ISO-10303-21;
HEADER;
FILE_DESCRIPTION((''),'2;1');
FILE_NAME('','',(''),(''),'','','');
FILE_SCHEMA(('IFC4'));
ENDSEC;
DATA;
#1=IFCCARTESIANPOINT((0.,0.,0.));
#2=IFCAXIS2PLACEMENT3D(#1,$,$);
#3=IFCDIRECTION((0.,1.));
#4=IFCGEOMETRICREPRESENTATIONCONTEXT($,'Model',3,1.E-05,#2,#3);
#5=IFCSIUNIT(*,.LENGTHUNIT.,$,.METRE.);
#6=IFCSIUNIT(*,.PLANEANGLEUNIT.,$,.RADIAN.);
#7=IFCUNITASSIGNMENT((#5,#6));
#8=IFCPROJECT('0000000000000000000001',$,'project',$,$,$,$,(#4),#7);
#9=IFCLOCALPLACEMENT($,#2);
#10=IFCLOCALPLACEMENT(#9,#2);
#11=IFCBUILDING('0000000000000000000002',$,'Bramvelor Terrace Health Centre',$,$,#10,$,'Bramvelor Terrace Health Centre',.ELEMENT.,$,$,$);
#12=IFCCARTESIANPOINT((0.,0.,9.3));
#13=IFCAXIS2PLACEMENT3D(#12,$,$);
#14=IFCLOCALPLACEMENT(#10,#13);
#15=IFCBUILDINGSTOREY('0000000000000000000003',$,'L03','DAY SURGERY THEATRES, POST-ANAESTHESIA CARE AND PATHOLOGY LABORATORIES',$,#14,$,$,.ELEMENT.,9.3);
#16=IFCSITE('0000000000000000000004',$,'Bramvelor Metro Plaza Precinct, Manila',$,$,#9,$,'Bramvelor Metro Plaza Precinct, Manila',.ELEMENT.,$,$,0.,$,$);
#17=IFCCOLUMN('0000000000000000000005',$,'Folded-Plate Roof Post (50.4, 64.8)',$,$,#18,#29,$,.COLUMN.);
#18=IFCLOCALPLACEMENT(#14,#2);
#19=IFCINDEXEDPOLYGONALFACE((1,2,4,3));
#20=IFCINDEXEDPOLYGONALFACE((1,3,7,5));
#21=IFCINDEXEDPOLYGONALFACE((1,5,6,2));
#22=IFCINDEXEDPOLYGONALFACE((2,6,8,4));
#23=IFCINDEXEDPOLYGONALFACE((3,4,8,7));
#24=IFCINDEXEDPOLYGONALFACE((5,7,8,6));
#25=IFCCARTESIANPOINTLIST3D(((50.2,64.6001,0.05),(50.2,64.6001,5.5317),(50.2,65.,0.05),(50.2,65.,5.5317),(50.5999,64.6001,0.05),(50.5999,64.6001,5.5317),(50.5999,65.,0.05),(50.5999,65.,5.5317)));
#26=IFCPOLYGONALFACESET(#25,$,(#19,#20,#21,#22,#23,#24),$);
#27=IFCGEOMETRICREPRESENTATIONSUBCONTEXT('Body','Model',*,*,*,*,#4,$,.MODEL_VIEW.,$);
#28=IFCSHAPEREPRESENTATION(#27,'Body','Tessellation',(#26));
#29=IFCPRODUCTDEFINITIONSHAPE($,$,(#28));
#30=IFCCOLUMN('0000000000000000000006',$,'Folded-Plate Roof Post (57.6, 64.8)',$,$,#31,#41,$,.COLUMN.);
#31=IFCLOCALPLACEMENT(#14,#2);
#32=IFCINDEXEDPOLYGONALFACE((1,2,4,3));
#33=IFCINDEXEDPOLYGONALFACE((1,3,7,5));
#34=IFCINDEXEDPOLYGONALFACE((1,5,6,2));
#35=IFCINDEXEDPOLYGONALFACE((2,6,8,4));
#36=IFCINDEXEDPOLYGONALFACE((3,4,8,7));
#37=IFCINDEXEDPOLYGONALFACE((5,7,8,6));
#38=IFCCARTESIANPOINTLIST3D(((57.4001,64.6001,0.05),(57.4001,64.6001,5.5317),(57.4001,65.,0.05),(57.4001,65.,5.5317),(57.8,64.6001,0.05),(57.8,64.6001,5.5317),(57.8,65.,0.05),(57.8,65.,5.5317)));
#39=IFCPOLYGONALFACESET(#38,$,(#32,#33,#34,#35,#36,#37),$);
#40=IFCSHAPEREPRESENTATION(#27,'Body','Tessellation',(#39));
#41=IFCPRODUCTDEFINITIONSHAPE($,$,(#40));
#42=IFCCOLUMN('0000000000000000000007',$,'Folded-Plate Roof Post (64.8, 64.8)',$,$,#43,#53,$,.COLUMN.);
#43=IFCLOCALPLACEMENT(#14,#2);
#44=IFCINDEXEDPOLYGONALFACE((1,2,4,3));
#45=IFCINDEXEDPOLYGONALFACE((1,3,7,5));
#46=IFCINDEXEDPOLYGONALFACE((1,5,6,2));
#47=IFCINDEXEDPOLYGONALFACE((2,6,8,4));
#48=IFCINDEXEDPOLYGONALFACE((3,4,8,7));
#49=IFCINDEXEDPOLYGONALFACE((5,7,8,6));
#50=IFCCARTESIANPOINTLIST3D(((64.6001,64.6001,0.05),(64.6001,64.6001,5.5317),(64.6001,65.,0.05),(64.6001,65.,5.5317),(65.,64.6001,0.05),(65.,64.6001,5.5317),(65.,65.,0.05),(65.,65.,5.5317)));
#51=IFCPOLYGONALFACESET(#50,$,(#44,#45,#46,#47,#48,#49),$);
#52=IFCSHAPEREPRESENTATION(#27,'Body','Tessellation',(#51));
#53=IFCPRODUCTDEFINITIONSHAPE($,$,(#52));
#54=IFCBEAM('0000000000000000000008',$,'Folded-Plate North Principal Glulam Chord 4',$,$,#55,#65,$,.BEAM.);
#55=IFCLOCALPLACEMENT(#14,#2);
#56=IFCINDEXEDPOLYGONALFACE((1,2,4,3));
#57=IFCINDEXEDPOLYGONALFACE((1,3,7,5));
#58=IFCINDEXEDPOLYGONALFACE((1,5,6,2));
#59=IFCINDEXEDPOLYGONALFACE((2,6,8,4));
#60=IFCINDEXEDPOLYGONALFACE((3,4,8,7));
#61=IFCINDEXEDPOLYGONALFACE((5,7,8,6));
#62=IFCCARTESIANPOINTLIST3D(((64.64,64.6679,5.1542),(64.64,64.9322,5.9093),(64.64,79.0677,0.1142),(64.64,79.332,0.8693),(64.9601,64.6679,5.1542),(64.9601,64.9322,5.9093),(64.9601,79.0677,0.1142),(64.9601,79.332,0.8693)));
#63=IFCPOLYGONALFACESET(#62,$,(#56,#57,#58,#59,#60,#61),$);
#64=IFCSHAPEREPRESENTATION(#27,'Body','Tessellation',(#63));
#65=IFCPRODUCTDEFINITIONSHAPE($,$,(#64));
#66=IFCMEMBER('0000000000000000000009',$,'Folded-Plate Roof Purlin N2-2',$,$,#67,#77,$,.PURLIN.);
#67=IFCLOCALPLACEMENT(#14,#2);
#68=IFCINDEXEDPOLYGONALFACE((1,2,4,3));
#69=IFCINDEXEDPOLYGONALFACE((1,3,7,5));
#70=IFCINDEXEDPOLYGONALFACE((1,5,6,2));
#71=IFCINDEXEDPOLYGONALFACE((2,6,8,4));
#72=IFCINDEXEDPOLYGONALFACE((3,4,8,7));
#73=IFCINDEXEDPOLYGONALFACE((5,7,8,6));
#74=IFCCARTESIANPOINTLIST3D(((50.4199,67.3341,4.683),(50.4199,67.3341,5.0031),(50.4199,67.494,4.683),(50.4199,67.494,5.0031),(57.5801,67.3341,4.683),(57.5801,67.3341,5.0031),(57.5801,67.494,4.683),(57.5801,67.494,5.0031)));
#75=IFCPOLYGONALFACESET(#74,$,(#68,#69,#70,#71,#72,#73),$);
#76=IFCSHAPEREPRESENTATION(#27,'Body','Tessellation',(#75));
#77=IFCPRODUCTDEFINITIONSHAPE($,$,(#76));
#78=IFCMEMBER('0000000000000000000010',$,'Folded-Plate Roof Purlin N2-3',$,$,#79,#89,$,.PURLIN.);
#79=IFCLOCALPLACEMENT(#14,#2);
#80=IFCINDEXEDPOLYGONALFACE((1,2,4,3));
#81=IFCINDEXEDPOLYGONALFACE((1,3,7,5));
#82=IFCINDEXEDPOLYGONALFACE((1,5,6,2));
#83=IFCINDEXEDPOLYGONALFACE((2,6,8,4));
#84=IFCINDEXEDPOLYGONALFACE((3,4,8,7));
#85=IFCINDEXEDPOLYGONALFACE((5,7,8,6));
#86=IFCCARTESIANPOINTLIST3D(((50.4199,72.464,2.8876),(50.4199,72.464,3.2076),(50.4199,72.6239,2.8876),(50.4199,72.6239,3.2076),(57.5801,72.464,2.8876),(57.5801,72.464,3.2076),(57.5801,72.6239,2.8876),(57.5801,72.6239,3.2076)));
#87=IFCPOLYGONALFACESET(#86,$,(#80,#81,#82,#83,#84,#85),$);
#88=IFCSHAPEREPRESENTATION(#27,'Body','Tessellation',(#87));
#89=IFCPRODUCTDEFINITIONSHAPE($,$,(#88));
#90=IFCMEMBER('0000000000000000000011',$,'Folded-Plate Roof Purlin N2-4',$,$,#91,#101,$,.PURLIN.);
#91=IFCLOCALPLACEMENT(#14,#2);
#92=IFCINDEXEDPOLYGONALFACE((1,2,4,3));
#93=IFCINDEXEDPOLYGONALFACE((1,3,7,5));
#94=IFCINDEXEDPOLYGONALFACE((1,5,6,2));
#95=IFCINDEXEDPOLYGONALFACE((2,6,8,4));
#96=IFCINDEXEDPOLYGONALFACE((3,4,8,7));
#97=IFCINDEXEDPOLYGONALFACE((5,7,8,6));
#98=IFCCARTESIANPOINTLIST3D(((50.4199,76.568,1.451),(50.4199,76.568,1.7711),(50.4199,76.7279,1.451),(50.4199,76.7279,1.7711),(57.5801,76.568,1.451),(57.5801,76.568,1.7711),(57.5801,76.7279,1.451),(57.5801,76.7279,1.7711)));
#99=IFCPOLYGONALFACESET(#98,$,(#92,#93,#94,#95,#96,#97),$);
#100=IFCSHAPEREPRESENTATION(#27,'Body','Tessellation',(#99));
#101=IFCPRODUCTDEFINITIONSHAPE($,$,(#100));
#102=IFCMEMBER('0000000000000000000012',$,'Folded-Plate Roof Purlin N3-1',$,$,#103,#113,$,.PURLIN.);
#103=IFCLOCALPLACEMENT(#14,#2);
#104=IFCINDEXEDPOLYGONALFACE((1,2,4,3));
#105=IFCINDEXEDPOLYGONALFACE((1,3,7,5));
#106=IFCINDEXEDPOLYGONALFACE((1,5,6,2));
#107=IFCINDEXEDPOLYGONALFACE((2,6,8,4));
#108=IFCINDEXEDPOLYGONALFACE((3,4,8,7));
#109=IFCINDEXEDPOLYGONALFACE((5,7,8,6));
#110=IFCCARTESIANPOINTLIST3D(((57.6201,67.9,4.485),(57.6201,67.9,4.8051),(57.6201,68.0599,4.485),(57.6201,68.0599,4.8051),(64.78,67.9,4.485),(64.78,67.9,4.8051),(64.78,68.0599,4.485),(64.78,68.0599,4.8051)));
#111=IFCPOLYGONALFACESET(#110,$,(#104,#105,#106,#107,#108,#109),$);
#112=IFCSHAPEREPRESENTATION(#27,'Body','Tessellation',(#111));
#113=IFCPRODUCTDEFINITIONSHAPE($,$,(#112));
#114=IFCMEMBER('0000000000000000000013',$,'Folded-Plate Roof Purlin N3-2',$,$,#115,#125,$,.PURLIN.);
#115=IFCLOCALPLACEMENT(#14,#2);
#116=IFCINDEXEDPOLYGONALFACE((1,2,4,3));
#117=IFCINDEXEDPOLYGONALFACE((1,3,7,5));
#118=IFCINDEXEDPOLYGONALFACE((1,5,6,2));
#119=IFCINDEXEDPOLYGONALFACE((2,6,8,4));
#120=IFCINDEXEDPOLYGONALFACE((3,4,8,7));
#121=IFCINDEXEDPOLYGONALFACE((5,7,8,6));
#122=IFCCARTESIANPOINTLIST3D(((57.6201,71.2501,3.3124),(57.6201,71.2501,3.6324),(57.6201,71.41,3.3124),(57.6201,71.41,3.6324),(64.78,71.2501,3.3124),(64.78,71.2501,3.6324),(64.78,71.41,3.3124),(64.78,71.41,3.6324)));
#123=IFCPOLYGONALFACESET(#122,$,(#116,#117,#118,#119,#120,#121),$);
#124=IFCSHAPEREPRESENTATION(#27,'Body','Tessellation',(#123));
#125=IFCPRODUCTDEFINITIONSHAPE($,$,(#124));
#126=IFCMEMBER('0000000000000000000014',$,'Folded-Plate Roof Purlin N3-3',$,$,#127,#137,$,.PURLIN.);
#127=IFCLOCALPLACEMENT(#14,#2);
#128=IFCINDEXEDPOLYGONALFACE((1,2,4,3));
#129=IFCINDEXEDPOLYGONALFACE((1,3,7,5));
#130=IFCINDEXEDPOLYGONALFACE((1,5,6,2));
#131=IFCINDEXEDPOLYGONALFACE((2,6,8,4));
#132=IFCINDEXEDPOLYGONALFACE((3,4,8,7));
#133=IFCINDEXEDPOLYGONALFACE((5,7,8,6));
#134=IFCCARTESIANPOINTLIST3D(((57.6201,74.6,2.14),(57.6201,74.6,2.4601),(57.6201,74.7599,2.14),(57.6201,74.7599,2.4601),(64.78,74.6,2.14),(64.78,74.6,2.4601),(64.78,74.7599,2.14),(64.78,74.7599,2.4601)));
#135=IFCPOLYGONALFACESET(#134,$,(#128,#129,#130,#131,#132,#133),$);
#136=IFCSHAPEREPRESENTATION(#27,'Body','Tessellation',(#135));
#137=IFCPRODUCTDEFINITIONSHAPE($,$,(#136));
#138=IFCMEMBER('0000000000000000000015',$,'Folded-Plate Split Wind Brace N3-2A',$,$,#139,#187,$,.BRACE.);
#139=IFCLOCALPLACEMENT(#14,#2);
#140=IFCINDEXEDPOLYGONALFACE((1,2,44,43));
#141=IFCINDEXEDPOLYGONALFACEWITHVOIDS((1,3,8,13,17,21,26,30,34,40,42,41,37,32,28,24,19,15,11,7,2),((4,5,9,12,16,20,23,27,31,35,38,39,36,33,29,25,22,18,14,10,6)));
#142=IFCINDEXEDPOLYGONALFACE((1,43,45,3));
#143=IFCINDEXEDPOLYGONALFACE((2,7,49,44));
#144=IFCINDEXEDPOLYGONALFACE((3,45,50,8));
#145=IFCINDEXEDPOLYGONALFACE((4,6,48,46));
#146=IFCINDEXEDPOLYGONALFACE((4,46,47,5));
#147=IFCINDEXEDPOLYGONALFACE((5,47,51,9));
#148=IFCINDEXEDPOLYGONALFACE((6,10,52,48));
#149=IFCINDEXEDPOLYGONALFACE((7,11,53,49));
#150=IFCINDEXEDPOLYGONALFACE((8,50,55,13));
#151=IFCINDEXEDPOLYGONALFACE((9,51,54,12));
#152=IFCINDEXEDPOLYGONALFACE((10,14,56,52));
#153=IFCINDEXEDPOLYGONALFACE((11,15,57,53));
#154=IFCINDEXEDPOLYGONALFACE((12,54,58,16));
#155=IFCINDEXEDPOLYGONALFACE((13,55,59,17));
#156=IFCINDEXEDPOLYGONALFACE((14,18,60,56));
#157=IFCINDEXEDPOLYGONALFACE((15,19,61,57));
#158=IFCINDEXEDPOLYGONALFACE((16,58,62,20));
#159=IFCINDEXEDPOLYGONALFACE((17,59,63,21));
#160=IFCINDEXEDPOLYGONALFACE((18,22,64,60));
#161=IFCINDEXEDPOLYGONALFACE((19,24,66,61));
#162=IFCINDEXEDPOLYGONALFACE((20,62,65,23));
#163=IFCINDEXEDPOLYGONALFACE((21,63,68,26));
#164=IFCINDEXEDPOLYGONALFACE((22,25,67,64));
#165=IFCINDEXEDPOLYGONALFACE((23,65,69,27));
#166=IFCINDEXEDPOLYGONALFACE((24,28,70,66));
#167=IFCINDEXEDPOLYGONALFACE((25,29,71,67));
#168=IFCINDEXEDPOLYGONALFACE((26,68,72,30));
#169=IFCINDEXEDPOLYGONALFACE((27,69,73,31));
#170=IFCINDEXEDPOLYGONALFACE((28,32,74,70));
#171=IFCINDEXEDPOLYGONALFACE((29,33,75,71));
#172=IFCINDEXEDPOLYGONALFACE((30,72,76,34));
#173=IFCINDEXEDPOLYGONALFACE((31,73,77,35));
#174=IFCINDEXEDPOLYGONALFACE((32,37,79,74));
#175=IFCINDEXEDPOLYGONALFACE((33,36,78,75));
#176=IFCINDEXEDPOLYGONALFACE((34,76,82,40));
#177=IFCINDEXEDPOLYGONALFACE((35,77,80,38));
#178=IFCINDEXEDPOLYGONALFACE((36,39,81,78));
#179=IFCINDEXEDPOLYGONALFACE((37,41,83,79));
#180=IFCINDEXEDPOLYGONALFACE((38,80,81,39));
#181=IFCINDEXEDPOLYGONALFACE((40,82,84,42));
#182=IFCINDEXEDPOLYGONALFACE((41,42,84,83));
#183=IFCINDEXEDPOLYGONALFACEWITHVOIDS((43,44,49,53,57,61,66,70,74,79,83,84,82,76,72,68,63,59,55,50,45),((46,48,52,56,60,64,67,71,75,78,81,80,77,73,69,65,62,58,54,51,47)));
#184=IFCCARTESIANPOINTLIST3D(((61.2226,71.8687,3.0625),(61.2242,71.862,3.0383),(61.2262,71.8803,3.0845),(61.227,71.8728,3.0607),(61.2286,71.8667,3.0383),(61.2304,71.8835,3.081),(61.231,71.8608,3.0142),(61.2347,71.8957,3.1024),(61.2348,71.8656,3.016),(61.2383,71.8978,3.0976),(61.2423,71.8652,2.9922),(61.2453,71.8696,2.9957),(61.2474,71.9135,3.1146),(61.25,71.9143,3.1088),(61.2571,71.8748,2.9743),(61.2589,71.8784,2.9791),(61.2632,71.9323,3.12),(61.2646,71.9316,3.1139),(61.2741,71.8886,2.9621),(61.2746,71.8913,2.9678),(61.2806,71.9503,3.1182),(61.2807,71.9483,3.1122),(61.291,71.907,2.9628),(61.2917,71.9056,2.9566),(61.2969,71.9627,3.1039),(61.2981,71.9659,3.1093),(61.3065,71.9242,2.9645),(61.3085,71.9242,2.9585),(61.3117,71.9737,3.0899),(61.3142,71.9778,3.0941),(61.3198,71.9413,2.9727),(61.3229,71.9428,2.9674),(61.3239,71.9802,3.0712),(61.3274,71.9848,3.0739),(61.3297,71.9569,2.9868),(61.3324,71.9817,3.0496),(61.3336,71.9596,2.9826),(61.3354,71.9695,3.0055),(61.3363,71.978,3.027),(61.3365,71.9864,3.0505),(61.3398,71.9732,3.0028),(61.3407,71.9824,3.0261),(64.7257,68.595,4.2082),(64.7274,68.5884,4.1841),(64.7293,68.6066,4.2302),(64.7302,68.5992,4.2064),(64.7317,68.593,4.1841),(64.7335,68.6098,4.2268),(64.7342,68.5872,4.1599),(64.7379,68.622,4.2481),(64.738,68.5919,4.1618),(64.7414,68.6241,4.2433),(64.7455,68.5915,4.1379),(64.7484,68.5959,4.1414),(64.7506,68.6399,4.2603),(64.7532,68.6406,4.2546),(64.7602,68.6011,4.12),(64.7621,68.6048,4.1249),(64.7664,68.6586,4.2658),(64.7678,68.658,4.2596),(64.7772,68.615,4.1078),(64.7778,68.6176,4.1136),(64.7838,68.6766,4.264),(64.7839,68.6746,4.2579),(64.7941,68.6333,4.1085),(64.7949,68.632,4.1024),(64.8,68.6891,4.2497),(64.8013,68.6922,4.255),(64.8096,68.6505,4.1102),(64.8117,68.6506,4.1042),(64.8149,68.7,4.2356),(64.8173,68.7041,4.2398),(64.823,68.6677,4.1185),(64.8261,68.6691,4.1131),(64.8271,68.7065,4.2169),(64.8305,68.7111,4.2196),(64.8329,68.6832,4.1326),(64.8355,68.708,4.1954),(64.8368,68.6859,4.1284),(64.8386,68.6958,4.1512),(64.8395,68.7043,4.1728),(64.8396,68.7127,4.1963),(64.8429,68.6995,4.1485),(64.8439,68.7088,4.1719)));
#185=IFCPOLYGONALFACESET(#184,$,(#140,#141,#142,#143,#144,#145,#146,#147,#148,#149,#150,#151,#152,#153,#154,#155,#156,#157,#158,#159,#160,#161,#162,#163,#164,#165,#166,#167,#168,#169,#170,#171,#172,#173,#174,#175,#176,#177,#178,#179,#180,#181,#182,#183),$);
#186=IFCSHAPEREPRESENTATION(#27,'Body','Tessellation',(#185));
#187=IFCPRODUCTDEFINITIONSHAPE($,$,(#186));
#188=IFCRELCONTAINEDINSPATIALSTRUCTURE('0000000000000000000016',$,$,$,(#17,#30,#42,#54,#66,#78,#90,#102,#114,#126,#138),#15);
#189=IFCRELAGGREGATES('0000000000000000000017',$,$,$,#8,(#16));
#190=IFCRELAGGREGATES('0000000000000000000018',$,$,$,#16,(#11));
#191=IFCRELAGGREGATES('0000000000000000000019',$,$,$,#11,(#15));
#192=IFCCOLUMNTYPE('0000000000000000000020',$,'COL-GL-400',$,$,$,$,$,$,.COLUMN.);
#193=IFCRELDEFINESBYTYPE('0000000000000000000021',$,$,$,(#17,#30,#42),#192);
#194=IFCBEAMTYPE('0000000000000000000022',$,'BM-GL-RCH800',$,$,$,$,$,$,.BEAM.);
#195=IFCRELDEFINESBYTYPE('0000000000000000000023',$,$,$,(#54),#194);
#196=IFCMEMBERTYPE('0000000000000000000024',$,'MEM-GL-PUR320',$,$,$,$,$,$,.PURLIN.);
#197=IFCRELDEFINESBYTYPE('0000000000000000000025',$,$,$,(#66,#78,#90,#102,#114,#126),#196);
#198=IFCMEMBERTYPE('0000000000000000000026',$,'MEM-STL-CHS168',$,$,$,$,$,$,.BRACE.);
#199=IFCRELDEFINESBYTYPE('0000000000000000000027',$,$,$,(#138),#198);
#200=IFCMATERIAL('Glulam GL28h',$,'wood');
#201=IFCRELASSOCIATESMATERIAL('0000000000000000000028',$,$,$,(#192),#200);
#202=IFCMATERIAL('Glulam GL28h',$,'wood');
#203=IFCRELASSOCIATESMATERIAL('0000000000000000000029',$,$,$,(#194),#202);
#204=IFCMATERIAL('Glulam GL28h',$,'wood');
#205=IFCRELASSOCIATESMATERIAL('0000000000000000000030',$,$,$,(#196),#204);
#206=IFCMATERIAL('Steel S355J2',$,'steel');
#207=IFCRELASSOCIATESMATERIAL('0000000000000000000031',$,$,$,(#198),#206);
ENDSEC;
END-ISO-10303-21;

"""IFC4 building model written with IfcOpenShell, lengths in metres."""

from ifc_helpers import new_model, si_unit, direction, frame, origin, origin_2d, place, context, subcontext, project, spatial, rectangle, hollow_circle, extrude, material, material_profile, profile_set, type_object, element, save


model = new_model("IFC4")

# Units and contexts
model_context = context("Model", 3, precision=1e-05, world=origin(), true_north=direction((0.0, 1.0)))
body_context = subcontext(model_context, "Body", "Model", "MODEL_VIEW")
ifc_project = project(units=[si_unit("LENGTHUNIT", "METRE"), si_unit("PLANEANGLEUNIT", "RADIAN")], contexts=[model_context])

# Site, building, storey
site_placement = place(None, origin())
site = spatial("IfcSite", under=ifc_project, at=site_placement, Name="Bramvelor Metro Plaza Precinct, Manila", LongName="Bramvelor Metro Plaza Precinct, Manila", CompositionType="ELEMENT", RefElevation=0.0)
building_placement = place(site_placement, origin())
building = spatial("IfcBuilding", under=site, at=building_placement, Name="Bramvelor Terrace Health Centre", LongName="Bramvelor Terrace Health Centre", CompositionType="ELEMENT")
storey_placement = place(building_placement, frame((0.0, 0.0, 9.3)))
storey = spatial("IfcBuildingStorey", under=building, at=storey_placement, Name="L03", Description="DAY SURGERY THEATRES, POST-ANAESTHESIA CARE AND PATHOLOGY LABORATORIES", CompositionType="ELEMENT", Elevation=9.3)

# Columns
ifc_material_1 = material(Name="Glulam GL28h", Category="wood")
ifc_material_profile_1 = material_profile(ifc_material_1, rectangle(XDim=0.3999, YDim=0.3999, at=origin_2d()), Name="GL 400x400")
ifc_profile_set_1 = profile_set([ifc_material_profile_1], Name="Glulam GL28h")
column_type = type_object("IfcColumnType", Name="COL-GL-400", PredefinedType="COLUMN", material=ifc_profile_set_1)
for number, where, z_axis, x_axis, name in (
    (1, (50.3999, 64.8, 0.05), (0.0, 0.0, 1.0), (1.0, 0.0, 0.0), "Folded-Plate Roof Post (50.4, 64.8)"),
    (2, (57.6001, 64.8, 0.05), (0.0, 0.0, 1.0), (1.0, 0.0, 0.0), "Folded-Plate Roof Post (57.6, 64.8)"),
    (3, (64.8, 64.8, 0.05), (0.0, 0.0, 1.0), (1.0, 0.0, 0.0), "Folded-Plate Roof Post (64.8, 64.8)"),
):
    element("IfcColumn", number, at=place(storey_placement, frame(where, z_axis=z_axis, x_axis=x_axis)), inside=storey, type_object=column_type, Name=name, PredefinedType="COLUMN", context=body_context, shape_type="SweptSolid", body=[
        extrude(rectangle(XDim=0.3999, YDim=0.3999, at=origin_2d()), origin(), (0.0, 0.0, 1.0), 5.4817),
    ])

# Beam
ifc_material_2 = material(Name="Glulam GL28h", Category="wood")
ifc_material_profile_2 = material_profile(ifc_material_2, rectangle(XDim=0.3201, YDim=0.8, at=origin_2d()), Name="GL 320x800")
ifc_profile_set_2 = profile_set([ifc_material_profile_2], Name="Glulam GL28h")
beam_type = type_object("IfcBeamType", Name="BM-GL-RCH800", PredefinedType="BEAM", material=ifc_profile_set_2)
beam_placement = place(storey_placement, frame((64.8, 64.8, 5.5317), z_axis=(0.0, 0.943857, -0.330355), x_axis=(-1.0, 0.0, 0.0)))
element("IfcBeam", 4, at=beam_placement, inside=storey, type_object=beam_type, Name="Folded-Plate North Principal Glulam Chord 4", PredefinedType="BEAM", context=body_context, shape_type="SweptSolid", body=[
    extrude(rectangle(XDim=0.3201, YDim=0.8, at=origin_2d()), origin(), (0.0, 0.0, 1.0), 15.2563),
])

# Members
ifc_material_3 = material(Name="Glulam GL28h", Category="wood")
ifc_material_profile_3 = material_profile(ifc_material_3, rectangle(XDim=0.1599, YDim=0.3201, at=origin_2d()), Name="GL 160x320")
ifc_profile_set_3 = profile_set([ifc_material_profile_3], Name="Glulam GL28h")
member_type_1 = type_object("IfcMemberType", Name="MEM-GL-PUR320", PredefinedType="PURLIN", material=ifc_profile_set_3)
for number, where, z_axis, x_axis, name in (
    (5, (50.4199, 67.4141, 4.843), (1.0, 0.0, 0.0), (0.0, 1.0, 0.0), "Folded-Plate Roof Purlin N2-2"),
    (6, (50.4199, 72.5439, 3.0476), (1.0, 0.0, 0.0), (0.0, 1.0, 0.0), "Folded-Plate Roof Purlin N2-3"),
    (7, (50.4199, 76.6479, 1.6111), (1.0, 0.0, 0.0), (0.0, 1.0, 0.0), "Folded-Plate Roof Purlin N2-4"),
):
    element("IfcMember", number, at=place(storey_placement, frame(where, z_axis=z_axis, x_axis=x_axis)), inside=storey, type_object=member_type_1, Name=name, PredefinedType="PURLIN", context=body_context, shape_type="SweptSolid", body=[
        extrude(rectangle(XDim=0.1599, YDim=0.3201, at=origin_2d()), origin(), (0.0, 0.0, 1.0), 7.1602),
    ])
for number, where, z_axis, x_axis, name in (
    (8, (57.6201, 67.98, 4.645), (1.0, 0.0, 0.0), (0.0, 1.0, 0.0), "Folded-Plate Roof Purlin N3-1"),
    (9, (57.6201, 71.3301, 3.4724), (1.0, 0.0, 0.0), (0.0, 1.0, 0.0), "Folded-Plate Roof Purlin N3-2"),
    (10, (57.6201, 74.6799, 2.3), (1.0, 0.0, 0.0), (0.0, 1.0, 0.0), "Folded-Plate Roof Purlin N3-3"),
):
    element("IfcMember", number, at=place(storey_placement, frame(where, z_axis=z_axis, x_axis=x_axis)), inside=storey, type_object=member_type_1, Name=name, PredefinedType="PURLIN", context=body_context, shape_type="SweptSolid", body=[
        extrude(rectangle(XDim=0.1599, YDim=0.3201, at=origin_2d()), origin(), (0.0, 0.0, 1.0), 7.1599),
    ])
ifc_material_4 = material(Name="Steel S355J2", Category="steel")
ifc_material_profile_4 = material_profile(ifc_material_4, hollow_circle(Radius=0.0842, WallThickness=0.0063, at=origin_2d()), Name="CHS 168.3x6.3")
ifc_profile_set_4 = profile_set([ifc_material_profile_4], Name="Steel S355J2")
member_type_2 = type_object("IfcMemberType", Name="MEM-STL-CHS168", PredefinedType="BRACE", material=ifc_profile_set_4)
member_1_placement = place(storey_placement, frame((64.7849, 68.6499, 4.1841), z_axis=(-0.710626, 0.664073, -0.232418), x_axis=(-0.68277, -0.730634, 0.0)))
element("IfcMember", 11, at=member_1_placement, inside=storey, type_object=member_type_2, Name="Folded-Plate Split Wind Brace N3-2A", PredefinedType="BRACE", context=body_context, shape_type="SweptSolid", body=[
    extrude(hollow_circle(Radius=0.0842, WallThickness=0.0063, at=origin_2d()), origin(), (0.0, 0.0, 1.0), 4.9297),
])

save(model, "model.ifc")
